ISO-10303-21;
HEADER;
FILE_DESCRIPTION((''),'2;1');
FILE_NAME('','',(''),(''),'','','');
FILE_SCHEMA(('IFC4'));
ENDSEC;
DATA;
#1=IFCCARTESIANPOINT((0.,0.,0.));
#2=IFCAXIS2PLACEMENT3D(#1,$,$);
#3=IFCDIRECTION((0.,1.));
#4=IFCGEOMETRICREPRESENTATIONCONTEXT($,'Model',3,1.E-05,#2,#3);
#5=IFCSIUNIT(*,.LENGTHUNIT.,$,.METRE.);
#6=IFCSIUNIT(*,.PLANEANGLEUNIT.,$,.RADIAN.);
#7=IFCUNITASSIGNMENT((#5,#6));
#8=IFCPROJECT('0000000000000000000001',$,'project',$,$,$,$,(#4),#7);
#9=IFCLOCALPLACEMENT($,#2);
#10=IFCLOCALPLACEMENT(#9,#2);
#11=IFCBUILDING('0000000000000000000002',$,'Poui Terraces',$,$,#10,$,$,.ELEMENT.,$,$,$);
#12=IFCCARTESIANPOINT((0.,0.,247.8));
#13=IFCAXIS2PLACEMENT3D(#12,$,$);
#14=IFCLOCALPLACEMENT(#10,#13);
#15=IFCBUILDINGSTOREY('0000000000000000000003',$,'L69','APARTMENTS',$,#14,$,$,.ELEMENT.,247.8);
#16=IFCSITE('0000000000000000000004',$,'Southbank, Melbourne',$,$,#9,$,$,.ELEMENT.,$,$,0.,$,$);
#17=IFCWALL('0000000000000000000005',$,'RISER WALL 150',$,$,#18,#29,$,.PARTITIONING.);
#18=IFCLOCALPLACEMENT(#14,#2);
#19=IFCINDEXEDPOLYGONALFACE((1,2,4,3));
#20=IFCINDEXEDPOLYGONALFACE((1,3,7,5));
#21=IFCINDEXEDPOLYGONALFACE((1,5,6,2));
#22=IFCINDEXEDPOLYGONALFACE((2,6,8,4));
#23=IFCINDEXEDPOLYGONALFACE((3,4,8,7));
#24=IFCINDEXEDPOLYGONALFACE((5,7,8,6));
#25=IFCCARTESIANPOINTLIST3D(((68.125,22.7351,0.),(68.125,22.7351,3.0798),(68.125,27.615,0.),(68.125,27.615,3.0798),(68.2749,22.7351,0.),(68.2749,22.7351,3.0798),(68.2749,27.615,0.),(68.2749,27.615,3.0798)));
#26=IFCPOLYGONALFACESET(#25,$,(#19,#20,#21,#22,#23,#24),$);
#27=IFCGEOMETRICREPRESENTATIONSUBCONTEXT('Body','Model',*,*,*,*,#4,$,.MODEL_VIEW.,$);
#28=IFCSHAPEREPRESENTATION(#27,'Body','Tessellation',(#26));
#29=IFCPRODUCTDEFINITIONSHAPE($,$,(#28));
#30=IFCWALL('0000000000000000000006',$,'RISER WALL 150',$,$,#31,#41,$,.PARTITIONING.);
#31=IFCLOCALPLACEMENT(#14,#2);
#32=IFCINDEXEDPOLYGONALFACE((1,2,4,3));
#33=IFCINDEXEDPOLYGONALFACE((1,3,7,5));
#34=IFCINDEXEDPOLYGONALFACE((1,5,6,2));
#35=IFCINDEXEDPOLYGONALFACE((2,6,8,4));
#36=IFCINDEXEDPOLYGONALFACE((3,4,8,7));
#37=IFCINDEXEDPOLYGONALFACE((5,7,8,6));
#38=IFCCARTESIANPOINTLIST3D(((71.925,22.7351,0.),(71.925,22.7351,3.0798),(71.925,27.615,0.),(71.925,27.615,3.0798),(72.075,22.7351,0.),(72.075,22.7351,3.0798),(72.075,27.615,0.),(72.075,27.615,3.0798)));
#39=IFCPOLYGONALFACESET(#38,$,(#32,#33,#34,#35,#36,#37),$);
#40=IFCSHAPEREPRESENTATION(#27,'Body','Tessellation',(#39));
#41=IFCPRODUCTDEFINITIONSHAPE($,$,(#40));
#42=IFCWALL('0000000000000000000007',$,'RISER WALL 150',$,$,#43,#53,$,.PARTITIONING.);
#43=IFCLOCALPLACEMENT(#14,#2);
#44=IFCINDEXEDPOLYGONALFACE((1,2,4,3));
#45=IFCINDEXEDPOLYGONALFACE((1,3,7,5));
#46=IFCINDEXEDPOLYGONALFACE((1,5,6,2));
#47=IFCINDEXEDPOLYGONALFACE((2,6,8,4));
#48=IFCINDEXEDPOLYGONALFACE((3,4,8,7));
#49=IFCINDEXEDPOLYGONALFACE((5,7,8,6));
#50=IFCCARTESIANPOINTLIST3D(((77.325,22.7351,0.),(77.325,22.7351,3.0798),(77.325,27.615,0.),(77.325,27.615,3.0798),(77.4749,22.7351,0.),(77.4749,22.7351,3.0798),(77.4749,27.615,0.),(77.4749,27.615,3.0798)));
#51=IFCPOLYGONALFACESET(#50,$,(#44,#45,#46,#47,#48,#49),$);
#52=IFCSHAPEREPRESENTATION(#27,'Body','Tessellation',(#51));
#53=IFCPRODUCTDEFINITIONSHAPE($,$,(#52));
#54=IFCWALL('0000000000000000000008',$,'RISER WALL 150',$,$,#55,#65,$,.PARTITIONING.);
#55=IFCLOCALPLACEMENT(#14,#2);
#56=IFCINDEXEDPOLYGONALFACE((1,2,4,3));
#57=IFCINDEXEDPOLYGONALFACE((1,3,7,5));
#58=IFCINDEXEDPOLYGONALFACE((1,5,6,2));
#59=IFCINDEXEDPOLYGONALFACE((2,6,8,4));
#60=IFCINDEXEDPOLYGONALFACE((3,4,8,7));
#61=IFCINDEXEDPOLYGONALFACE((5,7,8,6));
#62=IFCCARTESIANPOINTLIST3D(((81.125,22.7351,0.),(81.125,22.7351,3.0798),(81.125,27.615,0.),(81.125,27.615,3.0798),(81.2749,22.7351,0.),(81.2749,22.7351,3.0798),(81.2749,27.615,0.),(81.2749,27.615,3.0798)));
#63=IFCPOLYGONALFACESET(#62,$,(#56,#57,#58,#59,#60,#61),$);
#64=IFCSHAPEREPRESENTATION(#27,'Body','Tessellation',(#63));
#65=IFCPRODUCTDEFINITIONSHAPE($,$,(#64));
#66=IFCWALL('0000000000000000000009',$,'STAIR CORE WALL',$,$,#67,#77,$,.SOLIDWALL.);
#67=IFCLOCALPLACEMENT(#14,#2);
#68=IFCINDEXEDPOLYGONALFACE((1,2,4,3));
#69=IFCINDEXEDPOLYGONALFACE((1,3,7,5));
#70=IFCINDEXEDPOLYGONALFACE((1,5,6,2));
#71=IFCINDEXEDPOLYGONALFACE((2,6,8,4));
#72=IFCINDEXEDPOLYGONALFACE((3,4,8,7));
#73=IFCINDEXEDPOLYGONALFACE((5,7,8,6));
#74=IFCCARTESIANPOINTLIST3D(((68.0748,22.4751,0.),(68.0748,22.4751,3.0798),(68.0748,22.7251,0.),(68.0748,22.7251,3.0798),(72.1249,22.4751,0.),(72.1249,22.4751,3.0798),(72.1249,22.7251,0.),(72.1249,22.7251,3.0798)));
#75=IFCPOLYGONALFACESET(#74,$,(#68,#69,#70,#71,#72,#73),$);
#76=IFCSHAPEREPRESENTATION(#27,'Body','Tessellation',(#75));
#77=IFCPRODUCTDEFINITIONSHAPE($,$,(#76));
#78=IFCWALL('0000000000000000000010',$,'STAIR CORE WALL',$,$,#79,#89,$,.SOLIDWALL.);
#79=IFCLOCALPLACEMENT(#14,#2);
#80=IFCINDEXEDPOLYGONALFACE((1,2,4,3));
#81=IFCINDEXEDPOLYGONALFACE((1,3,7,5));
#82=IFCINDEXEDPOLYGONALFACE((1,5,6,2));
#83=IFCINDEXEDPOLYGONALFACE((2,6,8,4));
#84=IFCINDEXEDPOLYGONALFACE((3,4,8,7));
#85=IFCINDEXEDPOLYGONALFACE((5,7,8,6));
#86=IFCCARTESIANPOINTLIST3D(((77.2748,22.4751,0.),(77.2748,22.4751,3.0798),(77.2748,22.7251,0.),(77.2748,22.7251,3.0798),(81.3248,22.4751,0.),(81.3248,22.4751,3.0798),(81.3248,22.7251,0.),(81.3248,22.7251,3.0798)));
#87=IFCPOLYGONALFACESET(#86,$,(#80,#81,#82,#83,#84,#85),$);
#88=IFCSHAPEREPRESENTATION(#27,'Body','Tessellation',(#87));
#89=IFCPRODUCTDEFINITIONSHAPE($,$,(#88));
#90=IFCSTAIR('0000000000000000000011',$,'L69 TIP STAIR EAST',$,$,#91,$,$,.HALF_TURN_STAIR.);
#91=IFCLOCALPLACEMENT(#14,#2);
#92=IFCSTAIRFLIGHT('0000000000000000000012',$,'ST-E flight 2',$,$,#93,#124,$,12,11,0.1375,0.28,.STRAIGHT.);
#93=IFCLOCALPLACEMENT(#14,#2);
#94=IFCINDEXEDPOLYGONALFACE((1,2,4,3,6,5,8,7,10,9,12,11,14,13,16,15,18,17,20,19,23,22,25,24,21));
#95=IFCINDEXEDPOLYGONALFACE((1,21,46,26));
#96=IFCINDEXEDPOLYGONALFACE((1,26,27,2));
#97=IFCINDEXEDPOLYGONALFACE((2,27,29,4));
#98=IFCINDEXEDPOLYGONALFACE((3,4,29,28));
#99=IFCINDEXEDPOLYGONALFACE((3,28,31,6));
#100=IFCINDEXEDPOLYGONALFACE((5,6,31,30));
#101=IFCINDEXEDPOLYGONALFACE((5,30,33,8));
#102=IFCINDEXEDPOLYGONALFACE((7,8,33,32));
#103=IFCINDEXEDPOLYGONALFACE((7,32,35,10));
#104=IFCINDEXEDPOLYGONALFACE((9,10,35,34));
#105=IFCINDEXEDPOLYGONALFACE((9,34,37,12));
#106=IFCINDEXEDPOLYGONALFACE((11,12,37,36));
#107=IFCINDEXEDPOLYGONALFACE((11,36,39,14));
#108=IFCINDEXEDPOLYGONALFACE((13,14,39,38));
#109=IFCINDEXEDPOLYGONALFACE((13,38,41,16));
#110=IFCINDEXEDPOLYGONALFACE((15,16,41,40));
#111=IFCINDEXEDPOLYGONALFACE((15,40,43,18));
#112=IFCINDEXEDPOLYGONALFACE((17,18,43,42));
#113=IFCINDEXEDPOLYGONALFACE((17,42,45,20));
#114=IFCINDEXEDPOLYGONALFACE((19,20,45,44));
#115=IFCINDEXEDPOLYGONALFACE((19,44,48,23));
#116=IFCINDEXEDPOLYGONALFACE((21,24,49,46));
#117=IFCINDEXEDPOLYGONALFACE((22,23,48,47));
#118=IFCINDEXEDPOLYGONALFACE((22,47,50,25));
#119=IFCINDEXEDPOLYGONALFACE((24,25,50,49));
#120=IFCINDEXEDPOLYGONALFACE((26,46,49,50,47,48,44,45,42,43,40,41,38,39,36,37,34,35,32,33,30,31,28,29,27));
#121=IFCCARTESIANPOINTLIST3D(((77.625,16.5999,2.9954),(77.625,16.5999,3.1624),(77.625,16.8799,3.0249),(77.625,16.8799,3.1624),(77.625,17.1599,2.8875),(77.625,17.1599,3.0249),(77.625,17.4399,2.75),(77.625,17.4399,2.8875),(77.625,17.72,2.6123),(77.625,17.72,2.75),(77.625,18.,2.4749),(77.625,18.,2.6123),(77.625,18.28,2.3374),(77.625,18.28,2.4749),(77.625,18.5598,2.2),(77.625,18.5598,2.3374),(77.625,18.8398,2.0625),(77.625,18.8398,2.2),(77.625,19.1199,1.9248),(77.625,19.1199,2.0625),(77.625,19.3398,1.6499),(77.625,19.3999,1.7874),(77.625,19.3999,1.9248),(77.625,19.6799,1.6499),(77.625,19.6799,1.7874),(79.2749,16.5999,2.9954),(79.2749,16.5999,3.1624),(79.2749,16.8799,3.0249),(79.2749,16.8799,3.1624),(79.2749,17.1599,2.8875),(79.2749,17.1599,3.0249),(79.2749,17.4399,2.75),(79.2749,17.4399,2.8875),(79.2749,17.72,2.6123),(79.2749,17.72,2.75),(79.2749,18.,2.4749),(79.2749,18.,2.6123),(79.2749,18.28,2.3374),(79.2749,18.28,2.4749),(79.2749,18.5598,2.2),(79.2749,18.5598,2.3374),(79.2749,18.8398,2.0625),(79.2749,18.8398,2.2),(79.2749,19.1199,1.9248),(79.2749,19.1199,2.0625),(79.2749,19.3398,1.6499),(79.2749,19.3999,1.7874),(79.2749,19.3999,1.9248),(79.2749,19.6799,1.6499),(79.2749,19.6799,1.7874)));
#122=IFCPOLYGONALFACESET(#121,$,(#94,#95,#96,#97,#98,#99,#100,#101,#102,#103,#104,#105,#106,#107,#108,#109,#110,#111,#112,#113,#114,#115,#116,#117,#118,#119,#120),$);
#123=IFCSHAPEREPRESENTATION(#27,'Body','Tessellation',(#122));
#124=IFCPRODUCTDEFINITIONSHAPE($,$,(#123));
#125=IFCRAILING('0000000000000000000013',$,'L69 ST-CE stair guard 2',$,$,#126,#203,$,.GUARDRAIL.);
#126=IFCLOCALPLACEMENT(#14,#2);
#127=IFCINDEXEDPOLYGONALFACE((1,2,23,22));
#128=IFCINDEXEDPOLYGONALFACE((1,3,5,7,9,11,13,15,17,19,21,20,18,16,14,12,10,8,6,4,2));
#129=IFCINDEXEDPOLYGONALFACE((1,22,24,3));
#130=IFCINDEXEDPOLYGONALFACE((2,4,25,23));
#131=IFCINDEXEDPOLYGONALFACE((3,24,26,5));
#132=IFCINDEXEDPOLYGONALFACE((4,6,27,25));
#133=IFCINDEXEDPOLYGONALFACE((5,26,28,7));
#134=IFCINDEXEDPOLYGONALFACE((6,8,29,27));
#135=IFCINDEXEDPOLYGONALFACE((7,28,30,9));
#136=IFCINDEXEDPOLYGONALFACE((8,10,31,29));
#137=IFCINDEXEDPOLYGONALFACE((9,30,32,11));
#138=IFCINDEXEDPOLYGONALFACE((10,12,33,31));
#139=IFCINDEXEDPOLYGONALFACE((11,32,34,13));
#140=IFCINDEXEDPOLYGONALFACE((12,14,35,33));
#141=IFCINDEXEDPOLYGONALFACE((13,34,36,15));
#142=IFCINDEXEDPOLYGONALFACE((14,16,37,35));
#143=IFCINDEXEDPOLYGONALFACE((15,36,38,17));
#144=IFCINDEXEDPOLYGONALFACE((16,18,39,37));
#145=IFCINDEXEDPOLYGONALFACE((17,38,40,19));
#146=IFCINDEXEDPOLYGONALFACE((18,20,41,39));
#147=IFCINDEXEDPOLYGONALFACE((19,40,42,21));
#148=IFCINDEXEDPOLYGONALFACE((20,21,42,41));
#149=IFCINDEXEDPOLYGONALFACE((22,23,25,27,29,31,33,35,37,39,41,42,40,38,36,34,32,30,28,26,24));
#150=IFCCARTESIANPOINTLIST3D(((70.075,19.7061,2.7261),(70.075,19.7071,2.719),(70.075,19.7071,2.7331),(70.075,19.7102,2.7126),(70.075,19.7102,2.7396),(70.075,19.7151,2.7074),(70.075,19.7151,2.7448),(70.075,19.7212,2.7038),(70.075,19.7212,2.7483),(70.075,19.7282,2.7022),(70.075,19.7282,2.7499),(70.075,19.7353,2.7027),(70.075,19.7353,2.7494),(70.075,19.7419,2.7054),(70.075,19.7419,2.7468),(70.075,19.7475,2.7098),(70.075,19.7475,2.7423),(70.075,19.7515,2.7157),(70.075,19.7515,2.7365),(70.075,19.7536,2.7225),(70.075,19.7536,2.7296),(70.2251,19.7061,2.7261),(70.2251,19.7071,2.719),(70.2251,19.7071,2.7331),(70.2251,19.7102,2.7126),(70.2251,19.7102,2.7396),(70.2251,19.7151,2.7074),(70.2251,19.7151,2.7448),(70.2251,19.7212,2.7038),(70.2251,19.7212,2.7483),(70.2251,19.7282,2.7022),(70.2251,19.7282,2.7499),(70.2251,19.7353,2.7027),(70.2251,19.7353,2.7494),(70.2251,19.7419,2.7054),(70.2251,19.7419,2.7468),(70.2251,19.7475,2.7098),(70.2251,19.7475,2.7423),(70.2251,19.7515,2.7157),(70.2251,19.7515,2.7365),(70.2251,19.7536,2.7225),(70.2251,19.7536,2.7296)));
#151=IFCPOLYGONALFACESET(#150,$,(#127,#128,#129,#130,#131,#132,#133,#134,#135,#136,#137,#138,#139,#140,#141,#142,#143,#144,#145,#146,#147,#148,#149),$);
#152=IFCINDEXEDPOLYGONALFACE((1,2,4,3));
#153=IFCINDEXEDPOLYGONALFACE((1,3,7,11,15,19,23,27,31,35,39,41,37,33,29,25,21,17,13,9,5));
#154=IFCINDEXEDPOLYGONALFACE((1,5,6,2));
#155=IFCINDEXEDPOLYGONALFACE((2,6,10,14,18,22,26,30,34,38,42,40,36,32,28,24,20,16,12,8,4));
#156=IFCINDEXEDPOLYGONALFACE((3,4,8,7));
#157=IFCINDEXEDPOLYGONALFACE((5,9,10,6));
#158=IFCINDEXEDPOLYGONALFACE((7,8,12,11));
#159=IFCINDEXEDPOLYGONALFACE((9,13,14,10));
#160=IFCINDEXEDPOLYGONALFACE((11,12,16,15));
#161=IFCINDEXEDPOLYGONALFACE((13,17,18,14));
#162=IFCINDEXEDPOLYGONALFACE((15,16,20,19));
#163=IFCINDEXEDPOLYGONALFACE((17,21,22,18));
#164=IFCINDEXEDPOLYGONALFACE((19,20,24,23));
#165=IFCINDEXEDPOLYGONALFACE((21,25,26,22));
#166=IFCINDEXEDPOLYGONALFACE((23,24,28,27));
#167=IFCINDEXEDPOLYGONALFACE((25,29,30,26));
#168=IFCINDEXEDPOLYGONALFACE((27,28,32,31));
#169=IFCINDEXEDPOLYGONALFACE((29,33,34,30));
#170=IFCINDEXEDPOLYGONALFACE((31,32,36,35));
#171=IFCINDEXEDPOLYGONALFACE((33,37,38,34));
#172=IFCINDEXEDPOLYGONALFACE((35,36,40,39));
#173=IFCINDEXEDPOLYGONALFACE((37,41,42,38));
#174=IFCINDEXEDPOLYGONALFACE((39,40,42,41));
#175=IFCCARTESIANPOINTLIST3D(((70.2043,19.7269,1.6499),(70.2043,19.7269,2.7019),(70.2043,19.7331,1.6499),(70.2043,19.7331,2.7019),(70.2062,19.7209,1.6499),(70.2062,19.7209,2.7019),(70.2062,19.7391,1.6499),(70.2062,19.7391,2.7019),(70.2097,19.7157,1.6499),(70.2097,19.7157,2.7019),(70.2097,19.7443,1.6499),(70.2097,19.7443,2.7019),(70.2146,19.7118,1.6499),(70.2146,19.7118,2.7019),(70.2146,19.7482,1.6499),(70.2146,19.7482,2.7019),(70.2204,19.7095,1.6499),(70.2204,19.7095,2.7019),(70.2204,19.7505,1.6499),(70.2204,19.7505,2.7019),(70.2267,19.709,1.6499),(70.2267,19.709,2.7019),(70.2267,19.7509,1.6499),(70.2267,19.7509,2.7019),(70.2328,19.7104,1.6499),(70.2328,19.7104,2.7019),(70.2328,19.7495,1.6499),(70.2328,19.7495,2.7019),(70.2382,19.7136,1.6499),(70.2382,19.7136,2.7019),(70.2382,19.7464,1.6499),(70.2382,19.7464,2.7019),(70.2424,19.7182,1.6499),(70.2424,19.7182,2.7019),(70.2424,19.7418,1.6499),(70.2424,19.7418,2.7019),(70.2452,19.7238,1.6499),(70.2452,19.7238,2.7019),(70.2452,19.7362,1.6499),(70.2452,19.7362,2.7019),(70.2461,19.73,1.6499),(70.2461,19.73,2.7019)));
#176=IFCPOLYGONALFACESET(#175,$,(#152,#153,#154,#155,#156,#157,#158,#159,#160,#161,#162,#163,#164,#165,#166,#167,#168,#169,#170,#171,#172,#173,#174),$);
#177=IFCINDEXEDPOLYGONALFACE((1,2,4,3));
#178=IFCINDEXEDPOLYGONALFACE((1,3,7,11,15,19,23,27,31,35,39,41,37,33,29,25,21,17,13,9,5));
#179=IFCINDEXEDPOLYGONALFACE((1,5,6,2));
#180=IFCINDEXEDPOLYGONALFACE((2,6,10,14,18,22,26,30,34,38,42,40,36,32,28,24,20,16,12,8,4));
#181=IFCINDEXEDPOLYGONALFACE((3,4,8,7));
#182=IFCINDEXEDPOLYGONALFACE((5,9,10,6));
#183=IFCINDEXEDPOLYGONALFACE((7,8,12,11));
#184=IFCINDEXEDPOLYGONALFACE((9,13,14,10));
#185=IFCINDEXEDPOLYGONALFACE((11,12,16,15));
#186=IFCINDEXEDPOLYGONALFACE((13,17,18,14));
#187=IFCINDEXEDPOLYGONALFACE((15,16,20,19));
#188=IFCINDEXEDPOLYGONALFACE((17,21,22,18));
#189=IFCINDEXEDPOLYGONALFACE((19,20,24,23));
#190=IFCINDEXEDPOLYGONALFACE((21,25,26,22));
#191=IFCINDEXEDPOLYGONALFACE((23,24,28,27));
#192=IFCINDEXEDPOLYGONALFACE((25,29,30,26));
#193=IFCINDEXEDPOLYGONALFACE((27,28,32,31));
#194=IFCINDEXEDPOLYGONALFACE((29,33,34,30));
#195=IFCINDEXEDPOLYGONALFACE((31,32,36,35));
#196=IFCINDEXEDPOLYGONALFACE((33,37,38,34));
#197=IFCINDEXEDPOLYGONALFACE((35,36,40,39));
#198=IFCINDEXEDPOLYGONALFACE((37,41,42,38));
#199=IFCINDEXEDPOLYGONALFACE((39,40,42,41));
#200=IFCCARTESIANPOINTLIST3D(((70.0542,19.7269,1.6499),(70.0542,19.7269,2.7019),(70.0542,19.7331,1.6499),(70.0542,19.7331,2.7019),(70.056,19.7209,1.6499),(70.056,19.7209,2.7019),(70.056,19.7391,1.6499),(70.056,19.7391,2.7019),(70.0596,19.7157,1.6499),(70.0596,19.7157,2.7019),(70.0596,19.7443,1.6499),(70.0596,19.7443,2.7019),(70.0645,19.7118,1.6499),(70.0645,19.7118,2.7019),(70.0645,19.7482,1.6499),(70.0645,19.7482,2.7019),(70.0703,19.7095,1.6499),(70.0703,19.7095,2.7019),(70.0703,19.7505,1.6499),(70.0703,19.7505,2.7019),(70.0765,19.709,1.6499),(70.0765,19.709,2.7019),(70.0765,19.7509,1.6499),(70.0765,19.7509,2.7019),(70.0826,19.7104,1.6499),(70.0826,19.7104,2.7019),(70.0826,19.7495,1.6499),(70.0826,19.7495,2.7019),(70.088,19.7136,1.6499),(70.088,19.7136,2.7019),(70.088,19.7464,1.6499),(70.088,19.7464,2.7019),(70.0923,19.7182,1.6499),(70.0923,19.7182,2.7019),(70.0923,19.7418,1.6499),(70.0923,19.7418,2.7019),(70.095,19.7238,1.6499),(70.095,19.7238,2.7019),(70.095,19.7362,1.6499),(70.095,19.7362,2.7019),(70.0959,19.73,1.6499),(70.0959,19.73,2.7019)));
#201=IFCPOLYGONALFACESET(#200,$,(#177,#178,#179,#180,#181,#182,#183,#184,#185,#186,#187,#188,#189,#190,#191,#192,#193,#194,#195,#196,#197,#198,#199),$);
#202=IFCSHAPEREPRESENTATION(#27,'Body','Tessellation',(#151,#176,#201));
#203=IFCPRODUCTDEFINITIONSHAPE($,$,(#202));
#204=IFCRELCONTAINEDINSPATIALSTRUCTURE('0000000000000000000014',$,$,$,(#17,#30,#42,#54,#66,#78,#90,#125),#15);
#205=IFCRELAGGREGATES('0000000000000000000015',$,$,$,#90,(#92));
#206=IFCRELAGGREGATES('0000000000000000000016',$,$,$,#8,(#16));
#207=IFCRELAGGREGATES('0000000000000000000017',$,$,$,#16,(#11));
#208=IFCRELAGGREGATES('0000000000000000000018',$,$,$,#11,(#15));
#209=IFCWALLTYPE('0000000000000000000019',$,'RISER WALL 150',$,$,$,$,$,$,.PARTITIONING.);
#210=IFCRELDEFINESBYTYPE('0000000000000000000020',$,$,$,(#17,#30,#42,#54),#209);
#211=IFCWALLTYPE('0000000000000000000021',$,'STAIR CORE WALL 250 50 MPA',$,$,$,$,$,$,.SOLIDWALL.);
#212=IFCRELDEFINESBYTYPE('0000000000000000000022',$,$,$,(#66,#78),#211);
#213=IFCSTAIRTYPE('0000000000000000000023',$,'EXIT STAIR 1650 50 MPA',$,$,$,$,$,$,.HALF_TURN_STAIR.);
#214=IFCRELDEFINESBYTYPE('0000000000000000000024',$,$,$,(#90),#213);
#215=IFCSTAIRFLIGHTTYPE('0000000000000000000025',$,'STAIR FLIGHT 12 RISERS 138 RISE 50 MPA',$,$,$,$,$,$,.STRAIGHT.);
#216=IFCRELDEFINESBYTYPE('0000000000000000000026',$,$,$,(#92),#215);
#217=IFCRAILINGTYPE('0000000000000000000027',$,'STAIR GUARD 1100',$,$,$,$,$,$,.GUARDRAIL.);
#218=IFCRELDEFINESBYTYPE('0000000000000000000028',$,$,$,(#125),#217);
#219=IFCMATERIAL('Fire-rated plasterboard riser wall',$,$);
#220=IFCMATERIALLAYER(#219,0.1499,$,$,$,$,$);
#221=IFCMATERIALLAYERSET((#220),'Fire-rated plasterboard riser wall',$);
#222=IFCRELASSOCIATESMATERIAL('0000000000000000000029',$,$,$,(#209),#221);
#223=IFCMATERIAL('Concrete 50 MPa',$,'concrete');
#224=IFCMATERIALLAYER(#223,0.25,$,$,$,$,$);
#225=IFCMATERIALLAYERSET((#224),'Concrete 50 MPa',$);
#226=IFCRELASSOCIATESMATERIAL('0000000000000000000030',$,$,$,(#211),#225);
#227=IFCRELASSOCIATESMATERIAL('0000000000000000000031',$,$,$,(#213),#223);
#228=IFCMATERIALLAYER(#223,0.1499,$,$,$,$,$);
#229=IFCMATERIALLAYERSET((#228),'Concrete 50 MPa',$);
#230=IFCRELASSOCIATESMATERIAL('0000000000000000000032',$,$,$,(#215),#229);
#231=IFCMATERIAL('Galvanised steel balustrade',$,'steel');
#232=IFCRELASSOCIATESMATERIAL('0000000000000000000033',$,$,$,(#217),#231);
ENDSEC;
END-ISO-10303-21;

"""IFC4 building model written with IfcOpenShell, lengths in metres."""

from ifc_helpers import new_model, si_unit, direction, frame, frame_2d, origin, origin_2d, place, context, subcontext, project, spatial, polyline, rectangle, circle, outline, extrude, material, layer, layer_set, type_object, element, aggregate, save


model = new_model("IFC4")

# Units and contexts
model_context = context("Model", 3, precision=1e-05, world=origin(), true_north=direction((0.0, 1.0)))
body_context = subcontext(model_context, "Body", "Model", "MODEL_VIEW")
ifc_project = project(units=[si_unit("LENGTHUNIT", "METRE"), si_unit("PLANEANGLEUNIT", "RADIAN")], contexts=[model_context])

# Site, building, storey
site_placement = place(None, origin())
site = spatial("IfcSite", under=ifc_project, at=site_placement, Name="Southbank, Melbourne", CompositionType="ELEMENT", RefElevation=0.0)
building_placement = place(site_placement, origin())
building = spatial("IfcBuilding", under=site, at=building_placement, Name="Poui Terraces", CompositionType="ELEMENT")
storey_placement = place(building_placement, frame((0.0, 0.0, 247.8)))
storey = spatial("IfcBuildingStorey", under=building, at=storey_placement, Name="L69", Description="APARTMENTS", CompositionType="ELEMENT", Elevation=247.8)

# Shared definitions
ifc_material_1 = material(Name="Concrete 50 MPa", Category="concrete")

# Walls
ifc_material_2 = material(Name="Fire-rated plasterboard riser wall")
ifc_layer_1 = layer(ifc_material_2, 0.1499)
ifc_layer_set_1 = layer_set([ifc_layer_1], Name="Fire-rated plasterboard riser wall")
wall_type_1 = type_object("IfcWallType", Name="RISER WALL 150", PredefinedType="PARTITIONING", material=ifc_layer_set_1)
for number, where, z_axis, x_axis, name in (
    (1, (68.2, 22.7351, 0.0), (0.0, 0.0, 1.0), (0.0, 1.0, 0.0), "RISER WALL 150"),
    (2, (72.0, 22.7351, 0.0), (0.0, 0.0, 1.0), (0.0, 1.0, 0.0), "RISER WALL 150"),
    (3, (77.3999, 22.7351, 0.0), (0.0, 0.0, 1.0), (0.0, 1.0, 0.0), "RISER WALL 150"),
    (4, (81.2, 22.7351, 0.0), (0.0, 0.0, 1.0), (0.0, 1.0, 0.0), "RISER WALL 150"),
):
    element("IfcWall", number, at=place(storey_placement, frame(where, z_axis=z_axis, x_axis=x_axis)), inside=storey, type_object=wall_type_1, Name=name, PredefinedType="PARTITIONING", context=body_context, shape_type="SweptSolid", body=[
        extrude(rectangle(XDim=4.8799, YDim=0.1499, at=frame_2d((2.4399, 0.0))), origin(), (0.0, 0.0, 1.0), 3.0798),
    ])
ifc_layer_2 = layer(ifc_material_1, 0.25)
ifc_layer_set_2 = layer_set([ifc_layer_2], Name="Concrete 50 MPa")
wall_type_2 = type_object("IfcWallType", Name="STAIR CORE WALL 250 50 MPA", PredefinedType="SOLIDWALL", material=ifc_layer_set_2)
for number, where, z_axis, x_axis, name in (
    (5, (68.075, 22.6001, 0.0), (0.0, 0.0, 1.0), (1.0, 0.0, 0.0), "STAIR CORE WALL"),
    (6, (77.2749, 22.6001, 0.0), (0.0, 0.0, 1.0), (1.0, 0.0, 0.0), "STAIR CORE WALL"),
):
    element("IfcWall", number, at=place(storey_placement, frame(where, z_axis=z_axis, x_axis=x_axis)), inside=storey, type_object=wall_type_2, Name=name, PredefinedType="SOLIDWALL", context=body_context, shape_type="SweptSolid", body=[
        extrude(rectangle(XDim=4.05, YDim=0.25, at=frame_2d((2.0249, 0.0))), origin(), (0.0, 0.0, 1.0), 3.0798),
    ])

# Stair, stair flight
stair_type = type_object("IfcStairType", Name="EXIT STAIR 1650 50 MPA", PredefinedType="HALF_TURN_STAIR", material=ifc_material_1)
stair_placement = place(storey_placement, origin())
stair = element("IfcStair", 7, at=stair_placement, inside=storey, type_object=stair_type, Name="L69 TIP STAIR EAST", PredefinedType="HALF_TURN_STAIR")
ifc_layer_3 = layer(ifc_material_1, 0.1499)
ifc_layer_set_3 = layer_set([ifc_layer_3], Name="Concrete 50 MPa")
stair_flight_type = type_object("IfcStairFlightType", Name="STAIR FLIGHT 12 RISERS 138 RISE 50 MPA", PredefinedType="STRAIGHT", material=ifc_layer_set_3)
stair_flight_placement = place(storey_placement, frame((78.45, 19.6799, 1.6499), z_axis=(0.0, 0.0, 1.0), x_axis=(0.0, -1.0, 0.0)))
stair_flight = element("IfcStairFlight", 8, at=stair_flight_placement, type_object=stair_flight_type, Name="ST-E flight 2", NumberOfRisers=12, NumberOfTreads=11, PredefinedType="STRAIGHT", RiserHeight=0.1375, TreadLength=0.28, context=body_context, shape_type="SweptSolid", body=[
    extrude(outline(polyline([(0.0, 0.0), (0.0, 0.1375), (0.28, 0.1375), (0.28, 0.2749), (0.5601, 0.2749), (0.5601, 0.4126), (0.8401, 0.4126), (0.8401, 0.55), (1.1201, 0.55), (1.1201, 0.6875), (1.3999, 0.6875), (1.3999, 0.825), (1.6799, 0.825), (1.6799, 0.9624), (1.96, 0.9624), (1.96, 1.1001), (2.24, 1.1001), (2.24, 1.2375), (2.52, 1.2375), (2.52, 1.375), (2.8, 1.375), (2.8, 1.5125), (3.0801, 1.5125), (3.0801, 1.6499), (3.0801, 1.3455), (0.3401, 0.0), (0.0, 0.0)])), frame((0.0, 0.825, 0.0), z_axis=(0.0, -1.0, 0.0), x_axis=(1.0, 0.0, 0.0)), (0.0, 0.0, 1.0), 1.6499),
])
aggregate(stair, [stair_flight])

# Railing
ifc_material_3 = material(Name="Galvanised steel balustrade", Category="steel")
railing_type = type_object("IfcRailingType", Name="STAIR GUARD 1100", PredefinedType="GUARDRAIL", material=ifc_material_3)
for number, where, name in (
    (9, (70.2251, 19.73, 1.6499), "L69 ST-CE stair guard 2"),
):
    element("IfcRailing", number, at=place(storey_placement, frame(where)), inside=storey, type_object=railing_type, Name=name, PredefinedType="GUARDRAIL", context=body_context, shape_type="SweptSolid", body=[
        extrude(circle(Radius=0.0239, at=origin_2d()), frame((0.0, 0.0, 1.0762), z_axis=(-1.0, 0.0, 0.0), x_axis=(0.0, -1.0, 0.0)), (0.0, 0.0, 1.0), 0.1501),
        extrude(circle(Radius=0.021, at=origin_2d()), origin(), (0.0, 0.0, 1.0), 1.052),
        extrude(circle(Radius=0.021, at=origin_2d()), frame((-0.1501, 0.0, 0.0)), (0.0, 0.0, 1.0), 1.052),
    ])

save(model, "model.ifc")
